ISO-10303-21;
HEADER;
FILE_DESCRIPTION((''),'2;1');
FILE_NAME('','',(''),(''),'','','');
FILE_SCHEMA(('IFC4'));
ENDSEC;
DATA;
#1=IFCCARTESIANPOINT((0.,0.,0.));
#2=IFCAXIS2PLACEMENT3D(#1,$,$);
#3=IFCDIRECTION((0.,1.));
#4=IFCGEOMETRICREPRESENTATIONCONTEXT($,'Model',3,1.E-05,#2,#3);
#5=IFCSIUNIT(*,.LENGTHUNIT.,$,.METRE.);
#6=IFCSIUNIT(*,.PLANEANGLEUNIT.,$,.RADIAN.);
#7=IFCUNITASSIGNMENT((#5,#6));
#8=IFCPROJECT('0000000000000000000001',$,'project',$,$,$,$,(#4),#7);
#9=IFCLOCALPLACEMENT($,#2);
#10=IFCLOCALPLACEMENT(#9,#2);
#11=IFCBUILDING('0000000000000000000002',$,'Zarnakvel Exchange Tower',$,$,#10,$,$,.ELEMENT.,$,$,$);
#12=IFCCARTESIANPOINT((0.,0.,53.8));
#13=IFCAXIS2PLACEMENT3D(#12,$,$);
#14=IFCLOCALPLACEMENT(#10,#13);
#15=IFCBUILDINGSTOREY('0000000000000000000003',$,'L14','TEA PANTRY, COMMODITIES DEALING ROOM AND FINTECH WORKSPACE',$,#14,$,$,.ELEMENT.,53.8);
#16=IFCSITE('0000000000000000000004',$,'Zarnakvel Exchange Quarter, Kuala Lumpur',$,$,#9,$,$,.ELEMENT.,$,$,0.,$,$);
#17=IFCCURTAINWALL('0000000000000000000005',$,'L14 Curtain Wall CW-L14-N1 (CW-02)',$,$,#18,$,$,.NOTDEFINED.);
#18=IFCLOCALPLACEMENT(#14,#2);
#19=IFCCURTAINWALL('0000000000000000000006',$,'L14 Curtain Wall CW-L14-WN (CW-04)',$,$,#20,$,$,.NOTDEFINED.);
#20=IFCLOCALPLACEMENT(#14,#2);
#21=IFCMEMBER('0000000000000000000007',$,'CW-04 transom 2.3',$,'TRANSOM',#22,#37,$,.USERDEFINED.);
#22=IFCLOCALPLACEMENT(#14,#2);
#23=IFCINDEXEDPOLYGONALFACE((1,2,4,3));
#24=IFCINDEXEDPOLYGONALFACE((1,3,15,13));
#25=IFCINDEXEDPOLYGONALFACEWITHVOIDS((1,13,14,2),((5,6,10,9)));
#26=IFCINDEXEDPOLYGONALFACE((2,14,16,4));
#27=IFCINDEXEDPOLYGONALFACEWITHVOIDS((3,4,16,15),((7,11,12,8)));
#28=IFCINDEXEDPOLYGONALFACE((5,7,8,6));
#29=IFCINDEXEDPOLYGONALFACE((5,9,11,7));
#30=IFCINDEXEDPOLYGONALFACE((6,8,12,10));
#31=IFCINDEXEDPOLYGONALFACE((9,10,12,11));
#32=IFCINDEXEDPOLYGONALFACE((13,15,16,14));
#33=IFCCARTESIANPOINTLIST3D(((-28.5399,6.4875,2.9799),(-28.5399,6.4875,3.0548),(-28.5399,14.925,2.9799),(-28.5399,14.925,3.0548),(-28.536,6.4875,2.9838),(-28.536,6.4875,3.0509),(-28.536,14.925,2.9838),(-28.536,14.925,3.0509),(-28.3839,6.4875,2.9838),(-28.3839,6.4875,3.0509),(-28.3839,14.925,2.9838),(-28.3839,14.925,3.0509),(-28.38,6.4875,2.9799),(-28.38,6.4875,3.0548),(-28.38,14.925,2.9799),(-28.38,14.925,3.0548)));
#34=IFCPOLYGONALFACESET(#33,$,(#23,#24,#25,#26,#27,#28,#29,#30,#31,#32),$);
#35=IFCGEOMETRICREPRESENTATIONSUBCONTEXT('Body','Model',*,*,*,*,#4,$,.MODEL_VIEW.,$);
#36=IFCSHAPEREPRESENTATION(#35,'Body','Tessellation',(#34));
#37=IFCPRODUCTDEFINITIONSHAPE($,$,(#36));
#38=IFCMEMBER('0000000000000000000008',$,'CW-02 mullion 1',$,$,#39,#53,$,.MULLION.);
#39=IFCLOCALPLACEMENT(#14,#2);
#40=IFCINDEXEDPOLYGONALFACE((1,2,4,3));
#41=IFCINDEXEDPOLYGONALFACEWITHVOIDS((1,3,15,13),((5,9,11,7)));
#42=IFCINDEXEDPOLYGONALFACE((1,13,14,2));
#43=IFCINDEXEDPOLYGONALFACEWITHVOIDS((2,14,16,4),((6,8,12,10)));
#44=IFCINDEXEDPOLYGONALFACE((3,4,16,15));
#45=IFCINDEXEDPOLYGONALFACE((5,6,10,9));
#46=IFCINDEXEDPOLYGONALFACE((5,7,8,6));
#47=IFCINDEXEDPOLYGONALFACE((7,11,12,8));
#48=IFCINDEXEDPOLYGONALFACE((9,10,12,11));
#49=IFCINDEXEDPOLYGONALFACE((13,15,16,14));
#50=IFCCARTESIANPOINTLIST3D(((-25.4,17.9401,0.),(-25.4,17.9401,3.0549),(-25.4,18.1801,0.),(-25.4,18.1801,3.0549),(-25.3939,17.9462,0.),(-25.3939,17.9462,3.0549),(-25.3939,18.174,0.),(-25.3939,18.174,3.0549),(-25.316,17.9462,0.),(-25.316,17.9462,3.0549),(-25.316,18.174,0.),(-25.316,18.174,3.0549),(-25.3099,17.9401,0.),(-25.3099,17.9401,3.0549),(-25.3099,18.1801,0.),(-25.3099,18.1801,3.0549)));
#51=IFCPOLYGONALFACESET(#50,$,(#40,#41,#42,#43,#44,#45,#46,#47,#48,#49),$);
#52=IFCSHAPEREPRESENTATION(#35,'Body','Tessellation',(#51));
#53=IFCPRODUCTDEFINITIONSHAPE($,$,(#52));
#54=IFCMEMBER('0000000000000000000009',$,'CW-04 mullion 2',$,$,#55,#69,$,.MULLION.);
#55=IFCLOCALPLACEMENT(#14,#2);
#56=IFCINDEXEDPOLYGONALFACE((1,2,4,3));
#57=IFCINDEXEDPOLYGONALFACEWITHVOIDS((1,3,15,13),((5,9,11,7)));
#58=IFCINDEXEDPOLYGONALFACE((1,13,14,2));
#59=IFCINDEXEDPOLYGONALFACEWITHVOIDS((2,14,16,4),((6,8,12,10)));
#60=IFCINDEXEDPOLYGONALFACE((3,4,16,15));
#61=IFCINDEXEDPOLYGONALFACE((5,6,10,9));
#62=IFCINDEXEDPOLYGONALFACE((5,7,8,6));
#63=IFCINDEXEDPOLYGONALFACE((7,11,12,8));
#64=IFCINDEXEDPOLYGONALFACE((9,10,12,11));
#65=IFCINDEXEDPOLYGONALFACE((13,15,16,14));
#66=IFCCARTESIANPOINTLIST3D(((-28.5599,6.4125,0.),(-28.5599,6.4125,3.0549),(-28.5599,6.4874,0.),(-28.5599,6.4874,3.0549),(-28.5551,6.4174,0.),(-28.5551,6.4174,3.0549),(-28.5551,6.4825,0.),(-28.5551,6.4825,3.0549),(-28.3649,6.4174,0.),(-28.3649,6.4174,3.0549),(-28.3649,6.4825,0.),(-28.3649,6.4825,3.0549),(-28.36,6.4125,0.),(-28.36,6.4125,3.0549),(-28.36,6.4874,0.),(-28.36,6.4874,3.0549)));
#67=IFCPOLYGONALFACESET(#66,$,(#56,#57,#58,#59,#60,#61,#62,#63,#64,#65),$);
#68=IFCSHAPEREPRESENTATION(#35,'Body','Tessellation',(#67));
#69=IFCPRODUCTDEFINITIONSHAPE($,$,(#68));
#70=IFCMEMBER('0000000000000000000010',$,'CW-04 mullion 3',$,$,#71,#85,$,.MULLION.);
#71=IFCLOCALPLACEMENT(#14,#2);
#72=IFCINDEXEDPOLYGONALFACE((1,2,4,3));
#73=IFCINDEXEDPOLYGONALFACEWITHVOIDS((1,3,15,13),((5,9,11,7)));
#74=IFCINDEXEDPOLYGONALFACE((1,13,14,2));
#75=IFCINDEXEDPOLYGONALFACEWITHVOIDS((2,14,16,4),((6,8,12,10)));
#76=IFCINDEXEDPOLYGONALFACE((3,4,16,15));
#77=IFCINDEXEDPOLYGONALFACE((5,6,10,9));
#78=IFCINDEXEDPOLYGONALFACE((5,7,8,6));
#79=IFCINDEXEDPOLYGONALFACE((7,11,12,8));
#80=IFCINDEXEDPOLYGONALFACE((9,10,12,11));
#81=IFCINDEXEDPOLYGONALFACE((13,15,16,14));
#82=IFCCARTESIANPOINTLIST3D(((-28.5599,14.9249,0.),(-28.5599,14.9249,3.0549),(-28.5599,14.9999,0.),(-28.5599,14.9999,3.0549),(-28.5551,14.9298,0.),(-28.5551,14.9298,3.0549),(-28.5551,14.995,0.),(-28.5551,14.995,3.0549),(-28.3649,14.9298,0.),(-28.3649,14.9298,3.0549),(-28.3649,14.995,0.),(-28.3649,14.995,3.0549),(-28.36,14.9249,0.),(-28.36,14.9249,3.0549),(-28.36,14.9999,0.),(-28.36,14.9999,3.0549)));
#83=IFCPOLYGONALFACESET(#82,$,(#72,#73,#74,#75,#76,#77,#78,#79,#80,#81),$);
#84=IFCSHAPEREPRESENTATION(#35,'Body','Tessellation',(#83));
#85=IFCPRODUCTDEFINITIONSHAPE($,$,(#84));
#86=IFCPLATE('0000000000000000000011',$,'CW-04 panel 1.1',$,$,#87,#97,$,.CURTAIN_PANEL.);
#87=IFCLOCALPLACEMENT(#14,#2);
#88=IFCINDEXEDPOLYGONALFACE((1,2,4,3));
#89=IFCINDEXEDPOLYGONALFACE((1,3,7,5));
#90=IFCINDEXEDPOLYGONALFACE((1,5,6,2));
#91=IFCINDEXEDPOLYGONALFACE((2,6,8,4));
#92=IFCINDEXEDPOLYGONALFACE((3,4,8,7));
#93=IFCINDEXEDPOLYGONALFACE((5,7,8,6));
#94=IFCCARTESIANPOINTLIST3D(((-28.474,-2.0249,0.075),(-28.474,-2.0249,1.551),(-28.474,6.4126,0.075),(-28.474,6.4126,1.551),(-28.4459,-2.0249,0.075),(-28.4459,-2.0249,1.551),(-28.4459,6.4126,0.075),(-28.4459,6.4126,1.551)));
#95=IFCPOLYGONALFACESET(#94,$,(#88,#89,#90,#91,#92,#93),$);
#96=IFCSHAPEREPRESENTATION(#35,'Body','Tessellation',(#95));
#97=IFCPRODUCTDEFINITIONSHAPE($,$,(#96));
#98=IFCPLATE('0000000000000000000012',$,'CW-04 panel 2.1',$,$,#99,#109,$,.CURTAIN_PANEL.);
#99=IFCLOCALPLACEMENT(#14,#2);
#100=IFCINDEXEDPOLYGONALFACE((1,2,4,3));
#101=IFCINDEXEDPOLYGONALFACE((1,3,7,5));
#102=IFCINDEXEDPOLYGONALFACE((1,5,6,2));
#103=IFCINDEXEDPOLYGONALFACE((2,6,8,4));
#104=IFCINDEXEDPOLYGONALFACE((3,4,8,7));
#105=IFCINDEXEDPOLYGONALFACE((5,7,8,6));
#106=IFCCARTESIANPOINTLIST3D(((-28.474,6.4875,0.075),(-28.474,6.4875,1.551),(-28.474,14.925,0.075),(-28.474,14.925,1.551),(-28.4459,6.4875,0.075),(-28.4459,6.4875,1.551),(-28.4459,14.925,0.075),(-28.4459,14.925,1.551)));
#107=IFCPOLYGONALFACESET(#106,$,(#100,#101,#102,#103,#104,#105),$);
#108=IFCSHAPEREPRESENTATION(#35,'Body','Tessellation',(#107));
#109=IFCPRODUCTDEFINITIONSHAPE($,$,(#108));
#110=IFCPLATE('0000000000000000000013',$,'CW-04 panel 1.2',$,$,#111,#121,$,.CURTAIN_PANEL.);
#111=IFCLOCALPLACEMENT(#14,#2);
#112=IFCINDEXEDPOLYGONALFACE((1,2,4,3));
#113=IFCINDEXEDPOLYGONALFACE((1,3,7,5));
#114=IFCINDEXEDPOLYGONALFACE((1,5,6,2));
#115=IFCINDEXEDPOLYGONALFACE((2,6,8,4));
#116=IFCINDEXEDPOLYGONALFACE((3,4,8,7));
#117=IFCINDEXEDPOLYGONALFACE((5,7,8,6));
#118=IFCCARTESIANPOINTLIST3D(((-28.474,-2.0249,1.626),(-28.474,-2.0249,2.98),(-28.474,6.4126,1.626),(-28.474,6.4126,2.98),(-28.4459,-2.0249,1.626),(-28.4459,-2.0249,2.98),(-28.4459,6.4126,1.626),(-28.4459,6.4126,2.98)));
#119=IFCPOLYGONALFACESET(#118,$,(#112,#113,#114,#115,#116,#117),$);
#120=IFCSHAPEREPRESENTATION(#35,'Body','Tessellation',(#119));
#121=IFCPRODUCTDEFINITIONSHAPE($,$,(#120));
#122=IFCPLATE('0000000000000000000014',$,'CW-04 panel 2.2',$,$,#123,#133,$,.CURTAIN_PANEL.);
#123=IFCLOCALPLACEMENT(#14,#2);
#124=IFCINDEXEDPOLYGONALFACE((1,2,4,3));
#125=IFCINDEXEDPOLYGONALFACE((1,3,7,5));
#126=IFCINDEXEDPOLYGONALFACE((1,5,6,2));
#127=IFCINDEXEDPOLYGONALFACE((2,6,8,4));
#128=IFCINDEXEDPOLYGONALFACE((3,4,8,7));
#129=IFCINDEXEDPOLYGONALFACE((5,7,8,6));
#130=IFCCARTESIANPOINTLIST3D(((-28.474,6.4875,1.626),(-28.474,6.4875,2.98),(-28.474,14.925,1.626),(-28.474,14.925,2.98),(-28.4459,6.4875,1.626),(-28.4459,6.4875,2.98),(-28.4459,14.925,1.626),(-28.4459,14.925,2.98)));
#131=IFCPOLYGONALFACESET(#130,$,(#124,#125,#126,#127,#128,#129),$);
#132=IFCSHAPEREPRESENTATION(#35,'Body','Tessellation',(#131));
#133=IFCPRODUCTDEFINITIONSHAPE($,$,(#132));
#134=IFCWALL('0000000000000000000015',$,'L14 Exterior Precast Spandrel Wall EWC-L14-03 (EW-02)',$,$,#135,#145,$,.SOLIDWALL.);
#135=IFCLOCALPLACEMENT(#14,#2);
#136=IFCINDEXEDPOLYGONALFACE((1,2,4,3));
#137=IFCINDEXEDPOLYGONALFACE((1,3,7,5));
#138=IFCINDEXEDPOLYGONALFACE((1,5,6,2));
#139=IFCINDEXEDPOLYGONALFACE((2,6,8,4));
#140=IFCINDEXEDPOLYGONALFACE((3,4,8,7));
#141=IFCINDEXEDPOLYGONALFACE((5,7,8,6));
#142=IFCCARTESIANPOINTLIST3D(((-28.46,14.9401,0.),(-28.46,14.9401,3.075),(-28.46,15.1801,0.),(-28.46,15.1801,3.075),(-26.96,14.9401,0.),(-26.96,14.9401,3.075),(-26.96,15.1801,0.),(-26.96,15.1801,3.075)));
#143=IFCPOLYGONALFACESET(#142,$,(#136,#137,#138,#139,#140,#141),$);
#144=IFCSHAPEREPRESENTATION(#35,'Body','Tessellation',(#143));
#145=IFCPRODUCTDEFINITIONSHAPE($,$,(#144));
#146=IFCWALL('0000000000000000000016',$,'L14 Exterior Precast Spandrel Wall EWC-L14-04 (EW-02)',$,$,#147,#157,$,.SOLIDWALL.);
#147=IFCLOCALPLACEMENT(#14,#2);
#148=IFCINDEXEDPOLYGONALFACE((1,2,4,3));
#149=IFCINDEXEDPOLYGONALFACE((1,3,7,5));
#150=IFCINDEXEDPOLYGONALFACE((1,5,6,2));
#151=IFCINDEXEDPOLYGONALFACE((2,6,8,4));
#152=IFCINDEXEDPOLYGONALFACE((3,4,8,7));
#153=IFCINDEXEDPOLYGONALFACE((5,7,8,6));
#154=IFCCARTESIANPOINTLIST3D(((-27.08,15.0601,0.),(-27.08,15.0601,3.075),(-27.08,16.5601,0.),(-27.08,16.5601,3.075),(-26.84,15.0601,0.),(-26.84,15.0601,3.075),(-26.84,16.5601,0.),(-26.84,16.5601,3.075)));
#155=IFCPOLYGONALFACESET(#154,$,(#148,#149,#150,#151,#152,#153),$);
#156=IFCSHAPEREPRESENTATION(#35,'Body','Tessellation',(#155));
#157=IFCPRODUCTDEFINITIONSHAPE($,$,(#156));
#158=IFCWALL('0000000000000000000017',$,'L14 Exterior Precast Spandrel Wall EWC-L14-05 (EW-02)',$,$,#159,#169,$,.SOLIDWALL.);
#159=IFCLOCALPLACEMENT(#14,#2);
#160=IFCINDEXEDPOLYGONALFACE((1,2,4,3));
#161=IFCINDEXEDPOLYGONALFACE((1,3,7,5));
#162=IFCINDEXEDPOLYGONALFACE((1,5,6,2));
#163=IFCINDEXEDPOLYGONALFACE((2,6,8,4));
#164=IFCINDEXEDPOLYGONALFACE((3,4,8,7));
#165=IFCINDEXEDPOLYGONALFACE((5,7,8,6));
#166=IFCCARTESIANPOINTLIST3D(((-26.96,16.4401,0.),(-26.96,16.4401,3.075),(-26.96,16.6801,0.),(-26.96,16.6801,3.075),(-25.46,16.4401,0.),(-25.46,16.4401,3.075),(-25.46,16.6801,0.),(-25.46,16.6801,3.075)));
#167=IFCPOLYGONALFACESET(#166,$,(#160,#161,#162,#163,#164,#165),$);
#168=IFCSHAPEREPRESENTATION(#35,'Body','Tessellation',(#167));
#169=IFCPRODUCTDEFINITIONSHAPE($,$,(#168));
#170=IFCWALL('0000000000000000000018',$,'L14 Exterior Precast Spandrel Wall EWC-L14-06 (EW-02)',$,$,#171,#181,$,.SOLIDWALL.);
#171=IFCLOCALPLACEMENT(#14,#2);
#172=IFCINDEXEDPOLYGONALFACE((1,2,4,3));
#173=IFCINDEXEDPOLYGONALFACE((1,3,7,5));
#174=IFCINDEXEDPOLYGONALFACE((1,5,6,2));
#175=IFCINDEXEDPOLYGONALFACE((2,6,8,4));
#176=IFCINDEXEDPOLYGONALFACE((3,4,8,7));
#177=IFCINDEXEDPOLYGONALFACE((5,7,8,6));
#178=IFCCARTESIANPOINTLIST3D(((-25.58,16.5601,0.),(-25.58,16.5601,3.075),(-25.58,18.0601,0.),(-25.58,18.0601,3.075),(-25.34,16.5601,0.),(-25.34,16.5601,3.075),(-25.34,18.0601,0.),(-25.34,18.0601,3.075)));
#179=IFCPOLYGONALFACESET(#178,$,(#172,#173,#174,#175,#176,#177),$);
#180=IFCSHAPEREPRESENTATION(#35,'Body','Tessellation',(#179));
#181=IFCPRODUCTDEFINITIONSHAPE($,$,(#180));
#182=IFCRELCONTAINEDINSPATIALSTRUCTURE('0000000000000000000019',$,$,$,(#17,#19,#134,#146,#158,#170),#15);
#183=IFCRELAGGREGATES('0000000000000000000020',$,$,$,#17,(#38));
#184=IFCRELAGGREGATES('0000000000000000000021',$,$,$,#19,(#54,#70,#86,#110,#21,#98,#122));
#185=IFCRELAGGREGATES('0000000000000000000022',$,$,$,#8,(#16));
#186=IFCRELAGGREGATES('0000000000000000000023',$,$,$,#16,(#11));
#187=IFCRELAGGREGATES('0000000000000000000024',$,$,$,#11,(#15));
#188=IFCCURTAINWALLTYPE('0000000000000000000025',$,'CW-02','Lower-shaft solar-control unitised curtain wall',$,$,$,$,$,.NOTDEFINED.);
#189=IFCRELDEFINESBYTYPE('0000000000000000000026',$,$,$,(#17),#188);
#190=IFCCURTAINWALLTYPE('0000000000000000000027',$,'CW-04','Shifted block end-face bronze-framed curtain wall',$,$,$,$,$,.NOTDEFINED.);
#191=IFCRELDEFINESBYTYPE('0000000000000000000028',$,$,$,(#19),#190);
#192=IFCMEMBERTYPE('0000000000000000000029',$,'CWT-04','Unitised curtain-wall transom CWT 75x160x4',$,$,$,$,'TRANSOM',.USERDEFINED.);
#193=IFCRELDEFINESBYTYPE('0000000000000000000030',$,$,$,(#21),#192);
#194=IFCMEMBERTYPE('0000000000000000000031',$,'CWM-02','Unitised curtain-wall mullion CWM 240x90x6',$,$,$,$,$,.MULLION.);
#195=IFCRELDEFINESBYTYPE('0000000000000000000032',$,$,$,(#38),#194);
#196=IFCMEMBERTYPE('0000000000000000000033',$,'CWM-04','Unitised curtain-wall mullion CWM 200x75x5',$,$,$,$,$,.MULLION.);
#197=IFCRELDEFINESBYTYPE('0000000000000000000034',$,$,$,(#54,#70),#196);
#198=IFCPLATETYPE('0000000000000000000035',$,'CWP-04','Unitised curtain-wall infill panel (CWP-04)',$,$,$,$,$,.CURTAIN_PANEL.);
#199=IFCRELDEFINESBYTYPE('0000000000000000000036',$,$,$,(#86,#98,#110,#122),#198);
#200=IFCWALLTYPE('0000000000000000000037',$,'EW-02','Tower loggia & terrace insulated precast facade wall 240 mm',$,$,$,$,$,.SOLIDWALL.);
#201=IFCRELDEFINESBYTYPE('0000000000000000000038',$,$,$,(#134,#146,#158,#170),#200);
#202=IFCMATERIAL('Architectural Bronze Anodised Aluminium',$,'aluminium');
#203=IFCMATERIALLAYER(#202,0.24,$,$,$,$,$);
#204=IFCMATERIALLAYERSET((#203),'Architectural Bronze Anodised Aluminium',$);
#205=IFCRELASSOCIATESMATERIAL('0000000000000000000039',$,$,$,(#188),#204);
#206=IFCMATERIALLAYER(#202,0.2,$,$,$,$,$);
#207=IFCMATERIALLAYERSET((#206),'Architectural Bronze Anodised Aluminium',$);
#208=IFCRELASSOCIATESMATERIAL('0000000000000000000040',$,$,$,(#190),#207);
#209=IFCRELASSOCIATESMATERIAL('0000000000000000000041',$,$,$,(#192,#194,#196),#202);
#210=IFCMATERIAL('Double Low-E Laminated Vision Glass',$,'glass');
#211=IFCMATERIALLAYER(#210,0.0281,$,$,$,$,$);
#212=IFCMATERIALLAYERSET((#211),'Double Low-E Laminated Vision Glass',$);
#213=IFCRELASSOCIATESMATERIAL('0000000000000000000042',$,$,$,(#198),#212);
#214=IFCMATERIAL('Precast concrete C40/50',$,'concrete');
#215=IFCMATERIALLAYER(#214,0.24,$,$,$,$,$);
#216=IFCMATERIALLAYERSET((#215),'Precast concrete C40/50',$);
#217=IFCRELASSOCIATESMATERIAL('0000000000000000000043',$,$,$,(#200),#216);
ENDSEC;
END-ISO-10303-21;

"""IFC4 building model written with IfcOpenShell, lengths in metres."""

from ifc_helpers import new_model, si_unit, direction, frame, frame_2d, origin, origin_2d, place, context, subcontext, project, spatial, rectangle, hollow_rectangle, extrude, source, transform, mapped, material, layer, layer_set, material_profile, profile_set, type_object, element, aggregate, save


model = new_model("IFC4")

# Units and contexts
model_context = context("Model", 3, precision=1e-05, world=origin(), true_north=direction((0.0, 1.0)))
body_context = subcontext(model_context, "Body", "Model", "MODEL_VIEW")
ifc_project = project(units=[si_unit("LENGTHUNIT", "METRE"), si_unit("PLANEANGLEUNIT", "RADIAN")], contexts=[model_context])

# Site, building, storey
site_placement = place(None, origin())
site = spatial("IfcSite", under=ifc_project, at=site_placement, Name="Zarnakvel Exchange Quarter, Kuala Lumpur", CompositionType="ELEMENT", RefElevation=0.0)
building_placement = place(site_placement, origin())
building = spatial("IfcBuilding", under=site, at=building_placement, Name="Zarnakvel Exchange Tower", CompositionType="ELEMENT")
storey_placement = place(building_placement, frame((0.0, 0.0, 53.8)))
storey = spatial("IfcBuildingStorey", under=building, at=storey_placement, Name="L14", Description="TEA PANTRY, COMMODITIES DEALING ROOM AND FINTECH WORKSPACE", CompositionType="ELEMENT", Elevation=53.8)

# Curtain walls, member
ifc_material_1 = material(Name="Architectural Bronze Anodised Aluminium", Category="aluminium")
ifc_layer_1 = layer(ifc_material_1, 0.24)
ifc_layer_set_1 = layer_set([ifc_layer_1], Name="Architectural Bronze Anodised Aluminium")
curtain_wall_type_1 = type_object("IfcCurtainWallType", Name="CW-02", Description="Lower-shaft solar-control unitised curtain wall", PredefinedType="NOTDEFINED", material=ifc_layer_set_1)
curtain_wall_1_placement = place(storey_placement, origin())
curtain_wall_1 = element("IfcCurtainWall", 1, at=curtain_wall_1_placement, inside=storey, type_object=curtain_wall_type_1, Name="L14 Curtain Wall CW-L14-N1 (CW-02)", PredefinedType="NOTDEFINED")
ifc_layer_2 = layer(ifc_material_1, 0.2)
ifc_layer_set_2 = layer_set([ifc_layer_2], Name="Architectural Bronze Anodised Aluminium")
curtain_wall_type_2 = type_object("IfcCurtainWallType", Name="CW-04", Description="Shifted block end-face bronze-framed curtain wall", PredefinedType="NOTDEFINED", material=ifc_layer_set_2)
curtain_wall_2_placement = place(storey_placement, origin())
curtain_wall_2 = element("IfcCurtainWall", 2, at=curtain_wall_2_placement, inside=storey, type_object=curtain_wall_type_2, Name="L14 Curtain Wall CW-L14-WN (CW-04)", PredefinedType="NOTDEFINED")
ifc_material_profile_1 = material_profile(ifc_material_1, hollow_rectangle(XDim=0.1599, YDim=0.075, WallThickness=0.0039, at=origin_2d()))
ifc_profile_set_1 = profile_set([ifc_material_profile_1], Name="Architectural Bronze Anodised Aluminium")
member_type_1 = type_object("IfcMemberType", Name="CWT-04", Description="Unitised curtain-wall transom CWT 75x160x4", ElementType="TRANSOM", PredefinedType="USERDEFINED", material=ifc_profile_set_1)
shared_shape_1 = source(origin(), body_context, "Body", "SweptSolid", [
    extrude(hollow_rectangle(XDim=0.1599, YDim=0.075, WallThickness=0.0039, at=origin_2d()), origin(), (0.0, 0.0, 1.0), 8.4375),
])
member_1_placement = place(storey_placement, frame((-28.46, 6.4875, 3.0173), z_axis=(0.0, 1.0, 0.0), x_axis=(-1.0, 0.0, 0.0)))
member_1 = element("IfcMember", 3, at=member_1_placement, type_object=member_type_1, Name="CW-04 transom 2.3", ObjectType="TRANSOM", PredefinedType="USERDEFINED", context=body_context, shape_type="MappedRepresentation", body=[
    mapped(shared_shape_1, transform((0.0, 0.0, 0.0), x_axis=(1.0, 0.0, 0.0), y_axis=(0.0, 1.0, 0.0), z_axis=(0.0, 0.0, 1.0), scale=1.0)),
])

# Members
ifc_material_profile_2 = material_profile(ifc_material_1, hollow_rectangle(XDim=0.24, YDim=0.0901, WallThickness=0.0061, at=origin_2d()))
ifc_profile_set_2 = profile_set([ifc_material_profile_2], Name="Architectural Bronze Anodised Aluminium")
member_type_2 = type_object("IfcMemberType", Name="CWM-02", Description="Unitised curtain-wall mullion CWM 240x90x6", PredefinedType="MULLION", material=ifc_profile_set_2)
shared_shape_2 = source(origin(), body_context, "Body", "SweptSolid", [
    extrude(hollow_rectangle(XDim=0.24, YDim=0.0901, WallThickness=0.0061, at=origin_2d()), origin(), (0.0, 0.0, 1.0), 3.0549),
])
member_2_placement = place(storey_placement, frame((-25.355, 18.0601, 0.0), z_axis=(0.0, 0.0, 1.0), x_axis=(0.0, 1.0, 0.0)))
member_2 = element("IfcMember", 4, at=member_2_placement, type_object=member_type_2, Name="CW-02 mullion 1", PredefinedType="MULLION", context=body_context, shape_type="MappedRepresentation", body=[
    mapped(shared_shape_2, transform((0.0, 0.0, 0.0), x_axis=(1.0, 0.0, 0.0), y_axis=(0.0, 1.0, 0.0), z_axis=(0.0, 0.0, 1.0), scale=1.0)),
])
aggregate(curtain_wall_1, [member_2])
ifc_material_profile_3 = material_profile(ifc_material_1, hollow_rectangle(XDim=0.2, YDim=0.075, WallThickness=0.0049, at=origin_2d()))
ifc_profile_set_3 = profile_set([ifc_material_profile_3], Name="Architectural Bronze Anodised Aluminium")
member_type_3 = type_object("IfcMemberType", Name="CWM-04", Description="Unitised curtain-wall mullion CWM 200x75x5", PredefinedType="MULLION", material=ifc_profile_set_3)
shared_shape_3 = source(origin(), body_context, "Body", "SweptSolid", [
    extrude(hollow_rectangle(XDim=0.2, YDim=0.075, WallThickness=0.0049, at=origin_2d()), origin(), (0.0, 0.0, 1.0), 3.0549),
])
member_3_placement = place(storey_placement, frame((-28.46, 6.45, 0.0), z_axis=(0.0, 0.0, 1.0), x_axis=(-1.0, 0.0, 0.0)))
member_3 = element("IfcMember", 5, at=member_3_placement, type_object=member_type_3, Name="CW-04 mullion 2", PredefinedType="MULLION", context=body_context, shape_type="MappedRepresentation", body=[
    mapped(shared_shape_3, transform((0.0, 0.0, 0.0), x_axis=(1.0, 0.0, 0.0), y_axis=(0.0, 1.0, 0.0), z_axis=(0.0, 0.0, 1.0), scale=1.0)),
])
member_4_placement = place(storey_placement, frame((-28.46, 14.9624, 0.0), z_axis=(0.0, 0.0, 1.0), x_axis=(-1.0, 0.0, 0.0)))
member_4 = element("IfcMember", 6, at=member_4_placement, type_object=member_type_3, Name="CW-04 mullion 3", PredefinedType="MULLION", context=body_context, shape_type="MappedRepresentation", body=[
    mapped(shared_shape_3, transform((0.0, 0.0, 0.0), x_axis=(1.0, 0.0, 0.0), y_axis=(0.0, 1.0, 0.0), z_axis=(0.0, 0.0, 1.0), scale=1.0)),
])

# Plates
ifc_material_2 = material(Name="Double Low-E Laminated Vision Glass", Category="glass")
ifc_layer_3 = layer(ifc_material_2, 0.0281)
ifc_layer_set_3 = layer_set([ifc_layer_3], Name="Double Low-E Laminated Vision Glass")
plate_type = type_object("IfcPlateType", Name="CWP-04", Description="Unitised curtain-wall infill panel (CWP-04)", PredefinedType="CURTAIN_PANEL", material=ifc_layer_set_3)
shared_shape_4 = source(origin(), body_context, "Body", "SweptSolid", [
    extrude(rectangle(XDim=8.4375, YDim=0.0281, at=origin_2d()), origin(), (0.0, 0.0, 1.0), 1.4761),
])
plate_1_placement = place(storey_placement, frame((-28.46, 2.1938, 0.075), z_axis=(0.0, 0.0, 1.0), x_axis=(0.0, 1.0, 0.0)))
plate_1 = element("IfcPlate", 7, at=plate_1_placement, type_object=plate_type, Name="CW-04 panel 1.1", PredefinedType="CURTAIN_PANEL", context=body_context, shape_type="MappedRepresentation", body=[
    mapped(shared_shape_4, transform((0.0, 0.0, 0.0), x_axis=(1.0, 0.0, 0.0), y_axis=(0.0, 1.0, 0.0), z_axis=(0.0, 0.0, 1.0), scale=1.0)),
])
plate_2_placement = place(storey_placement, frame((-28.46, 10.7063, 0.075), z_axis=(0.0, 0.0, 1.0), x_axis=(0.0, 1.0, 0.0)))
plate_2 = element("IfcPlate", 8, at=plate_2_placement, type_object=plate_type, Name="CW-04 panel 2.1", PredefinedType="CURTAIN_PANEL", context=body_context, shape_type="MappedRepresentation", body=[
    mapped(shared_shape_4, transform((0.0, 0.0, 0.0), x_axis=(1.0, 0.0, 0.0), y_axis=(0.0, 1.0, 0.0), z_axis=(0.0, 0.0, 1.0), scale=1.0)),
])
shared_shape_5 = source(origin(), body_context, "Body", "SweptSolid", [
    extrude(rectangle(XDim=8.4375, YDim=0.0281, at=origin_2d()), origin(), (0.0, 0.0, 1.0), 1.354),
])
plate_3_placement = place(storey_placement, frame((-28.46, 2.1938, 1.626), z_axis=(0.0, 0.0, 1.0), x_axis=(0.0, 1.0, 0.0)))
plate_3 = element("IfcPlate", 9, at=plate_3_placement, type_object=plate_type, Name="CW-04 panel 1.2", PredefinedType="CURTAIN_PANEL", context=body_context, shape_type="MappedRepresentation", body=[
    mapped(shared_shape_5, transform((0.0, 0.0, 0.0), x_axis=(1.0, 0.0, 0.0), y_axis=(0.0, 1.0, 0.0), z_axis=(0.0, 0.0, 1.0), scale=1.0)),
])
plate_4_placement = place(storey_placement, frame((-28.46, 10.7063, 1.626), z_axis=(0.0, 0.0, 1.0), x_axis=(0.0, 1.0, 0.0)))
plate_4 = element("IfcPlate", 10, at=plate_4_placement, type_object=plate_type, Name="CW-04 panel 2.2", PredefinedType="CURTAIN_PANEL", context=body_context, shape_type="MappedRepresentation", body=[
    mapped(shared_shape_5, transform((0.0, 0.0, 0.0), x_axis=(1.0, 0.0, 0.0), y_axis=(0.0, 1.0, 0.0), z_axis=(0.0, 0.0, 1.0), scale=1.0)),
])
aggregate(curtain_wall_2, [member_3, member_4, plate_1, plate_3, member_1, plate_2, plate_4])

# Walls
ifc_material_3 = material(Name="Precast concrete C40/50", Category="concrete")
ifc_layer_4 = layer(ifc_material_3, 0.24)
ifc_layer_set_4 = layer_set([ifc_layer_4], Name="Precast concrete C40/50")
wall_type_1 = type_object("IfcWallType", Name="EW-02", Description="Tower loggia & terrace insulated precast facade wall 240 mm", PredefinedType="SOLIDWALL", material=ifc_layer_set_4)
for number, where, z_axis, x_axis, name in (
    (11, (-26.96, 15.0601, 0.0), (0.0, 0.0, 1.0), (-1.0, 0.0, 0.0), "L14 Exterior Precast Spandrel Wall EWC-L14-03 (EW-02)"),
    (12, (-26.96, 16.5601, 0.0), (0.0, 0.0, 1.0), (0.0, -1.0, 0.0), "L14 Exterior Precast Spandrel Wall EWC-L14-04 (EW-02)"),
    (13, (-25.46, 16.5601, 0.0), (0.0, 0.0, 1.0), (-1.0, 0.0, 0.0), "L14 Exterior Precast Spandrel Wall EWC-L14-05 (EW-02)"),
    (14, (-25.46, 18.0601, 0.0), (0.0, 0.0, 1.0), (0.0, -1.0, 0.0), "L14 Exterior Precast Spandrel Wall EWC-L14-06 (EW-02)"),
):
    element("IfcWall", number, at=place(storey_placement, frame(where, z_axis=z_axis, x_axis=x_axis)), inside=storey, type_object=wall_type_1, Name=name, PredefinedType="SOLIDWALL", context=body_context, shape_type="SweptSolid", body=[
        extrude(rectangle(XDim=1.5, YDim=0.24, at=frame_2d((0.75, 0.0))), origin(), (0.0, 0.0, 1.0), 3.075),
    ])

save(model, "model.ifc")
